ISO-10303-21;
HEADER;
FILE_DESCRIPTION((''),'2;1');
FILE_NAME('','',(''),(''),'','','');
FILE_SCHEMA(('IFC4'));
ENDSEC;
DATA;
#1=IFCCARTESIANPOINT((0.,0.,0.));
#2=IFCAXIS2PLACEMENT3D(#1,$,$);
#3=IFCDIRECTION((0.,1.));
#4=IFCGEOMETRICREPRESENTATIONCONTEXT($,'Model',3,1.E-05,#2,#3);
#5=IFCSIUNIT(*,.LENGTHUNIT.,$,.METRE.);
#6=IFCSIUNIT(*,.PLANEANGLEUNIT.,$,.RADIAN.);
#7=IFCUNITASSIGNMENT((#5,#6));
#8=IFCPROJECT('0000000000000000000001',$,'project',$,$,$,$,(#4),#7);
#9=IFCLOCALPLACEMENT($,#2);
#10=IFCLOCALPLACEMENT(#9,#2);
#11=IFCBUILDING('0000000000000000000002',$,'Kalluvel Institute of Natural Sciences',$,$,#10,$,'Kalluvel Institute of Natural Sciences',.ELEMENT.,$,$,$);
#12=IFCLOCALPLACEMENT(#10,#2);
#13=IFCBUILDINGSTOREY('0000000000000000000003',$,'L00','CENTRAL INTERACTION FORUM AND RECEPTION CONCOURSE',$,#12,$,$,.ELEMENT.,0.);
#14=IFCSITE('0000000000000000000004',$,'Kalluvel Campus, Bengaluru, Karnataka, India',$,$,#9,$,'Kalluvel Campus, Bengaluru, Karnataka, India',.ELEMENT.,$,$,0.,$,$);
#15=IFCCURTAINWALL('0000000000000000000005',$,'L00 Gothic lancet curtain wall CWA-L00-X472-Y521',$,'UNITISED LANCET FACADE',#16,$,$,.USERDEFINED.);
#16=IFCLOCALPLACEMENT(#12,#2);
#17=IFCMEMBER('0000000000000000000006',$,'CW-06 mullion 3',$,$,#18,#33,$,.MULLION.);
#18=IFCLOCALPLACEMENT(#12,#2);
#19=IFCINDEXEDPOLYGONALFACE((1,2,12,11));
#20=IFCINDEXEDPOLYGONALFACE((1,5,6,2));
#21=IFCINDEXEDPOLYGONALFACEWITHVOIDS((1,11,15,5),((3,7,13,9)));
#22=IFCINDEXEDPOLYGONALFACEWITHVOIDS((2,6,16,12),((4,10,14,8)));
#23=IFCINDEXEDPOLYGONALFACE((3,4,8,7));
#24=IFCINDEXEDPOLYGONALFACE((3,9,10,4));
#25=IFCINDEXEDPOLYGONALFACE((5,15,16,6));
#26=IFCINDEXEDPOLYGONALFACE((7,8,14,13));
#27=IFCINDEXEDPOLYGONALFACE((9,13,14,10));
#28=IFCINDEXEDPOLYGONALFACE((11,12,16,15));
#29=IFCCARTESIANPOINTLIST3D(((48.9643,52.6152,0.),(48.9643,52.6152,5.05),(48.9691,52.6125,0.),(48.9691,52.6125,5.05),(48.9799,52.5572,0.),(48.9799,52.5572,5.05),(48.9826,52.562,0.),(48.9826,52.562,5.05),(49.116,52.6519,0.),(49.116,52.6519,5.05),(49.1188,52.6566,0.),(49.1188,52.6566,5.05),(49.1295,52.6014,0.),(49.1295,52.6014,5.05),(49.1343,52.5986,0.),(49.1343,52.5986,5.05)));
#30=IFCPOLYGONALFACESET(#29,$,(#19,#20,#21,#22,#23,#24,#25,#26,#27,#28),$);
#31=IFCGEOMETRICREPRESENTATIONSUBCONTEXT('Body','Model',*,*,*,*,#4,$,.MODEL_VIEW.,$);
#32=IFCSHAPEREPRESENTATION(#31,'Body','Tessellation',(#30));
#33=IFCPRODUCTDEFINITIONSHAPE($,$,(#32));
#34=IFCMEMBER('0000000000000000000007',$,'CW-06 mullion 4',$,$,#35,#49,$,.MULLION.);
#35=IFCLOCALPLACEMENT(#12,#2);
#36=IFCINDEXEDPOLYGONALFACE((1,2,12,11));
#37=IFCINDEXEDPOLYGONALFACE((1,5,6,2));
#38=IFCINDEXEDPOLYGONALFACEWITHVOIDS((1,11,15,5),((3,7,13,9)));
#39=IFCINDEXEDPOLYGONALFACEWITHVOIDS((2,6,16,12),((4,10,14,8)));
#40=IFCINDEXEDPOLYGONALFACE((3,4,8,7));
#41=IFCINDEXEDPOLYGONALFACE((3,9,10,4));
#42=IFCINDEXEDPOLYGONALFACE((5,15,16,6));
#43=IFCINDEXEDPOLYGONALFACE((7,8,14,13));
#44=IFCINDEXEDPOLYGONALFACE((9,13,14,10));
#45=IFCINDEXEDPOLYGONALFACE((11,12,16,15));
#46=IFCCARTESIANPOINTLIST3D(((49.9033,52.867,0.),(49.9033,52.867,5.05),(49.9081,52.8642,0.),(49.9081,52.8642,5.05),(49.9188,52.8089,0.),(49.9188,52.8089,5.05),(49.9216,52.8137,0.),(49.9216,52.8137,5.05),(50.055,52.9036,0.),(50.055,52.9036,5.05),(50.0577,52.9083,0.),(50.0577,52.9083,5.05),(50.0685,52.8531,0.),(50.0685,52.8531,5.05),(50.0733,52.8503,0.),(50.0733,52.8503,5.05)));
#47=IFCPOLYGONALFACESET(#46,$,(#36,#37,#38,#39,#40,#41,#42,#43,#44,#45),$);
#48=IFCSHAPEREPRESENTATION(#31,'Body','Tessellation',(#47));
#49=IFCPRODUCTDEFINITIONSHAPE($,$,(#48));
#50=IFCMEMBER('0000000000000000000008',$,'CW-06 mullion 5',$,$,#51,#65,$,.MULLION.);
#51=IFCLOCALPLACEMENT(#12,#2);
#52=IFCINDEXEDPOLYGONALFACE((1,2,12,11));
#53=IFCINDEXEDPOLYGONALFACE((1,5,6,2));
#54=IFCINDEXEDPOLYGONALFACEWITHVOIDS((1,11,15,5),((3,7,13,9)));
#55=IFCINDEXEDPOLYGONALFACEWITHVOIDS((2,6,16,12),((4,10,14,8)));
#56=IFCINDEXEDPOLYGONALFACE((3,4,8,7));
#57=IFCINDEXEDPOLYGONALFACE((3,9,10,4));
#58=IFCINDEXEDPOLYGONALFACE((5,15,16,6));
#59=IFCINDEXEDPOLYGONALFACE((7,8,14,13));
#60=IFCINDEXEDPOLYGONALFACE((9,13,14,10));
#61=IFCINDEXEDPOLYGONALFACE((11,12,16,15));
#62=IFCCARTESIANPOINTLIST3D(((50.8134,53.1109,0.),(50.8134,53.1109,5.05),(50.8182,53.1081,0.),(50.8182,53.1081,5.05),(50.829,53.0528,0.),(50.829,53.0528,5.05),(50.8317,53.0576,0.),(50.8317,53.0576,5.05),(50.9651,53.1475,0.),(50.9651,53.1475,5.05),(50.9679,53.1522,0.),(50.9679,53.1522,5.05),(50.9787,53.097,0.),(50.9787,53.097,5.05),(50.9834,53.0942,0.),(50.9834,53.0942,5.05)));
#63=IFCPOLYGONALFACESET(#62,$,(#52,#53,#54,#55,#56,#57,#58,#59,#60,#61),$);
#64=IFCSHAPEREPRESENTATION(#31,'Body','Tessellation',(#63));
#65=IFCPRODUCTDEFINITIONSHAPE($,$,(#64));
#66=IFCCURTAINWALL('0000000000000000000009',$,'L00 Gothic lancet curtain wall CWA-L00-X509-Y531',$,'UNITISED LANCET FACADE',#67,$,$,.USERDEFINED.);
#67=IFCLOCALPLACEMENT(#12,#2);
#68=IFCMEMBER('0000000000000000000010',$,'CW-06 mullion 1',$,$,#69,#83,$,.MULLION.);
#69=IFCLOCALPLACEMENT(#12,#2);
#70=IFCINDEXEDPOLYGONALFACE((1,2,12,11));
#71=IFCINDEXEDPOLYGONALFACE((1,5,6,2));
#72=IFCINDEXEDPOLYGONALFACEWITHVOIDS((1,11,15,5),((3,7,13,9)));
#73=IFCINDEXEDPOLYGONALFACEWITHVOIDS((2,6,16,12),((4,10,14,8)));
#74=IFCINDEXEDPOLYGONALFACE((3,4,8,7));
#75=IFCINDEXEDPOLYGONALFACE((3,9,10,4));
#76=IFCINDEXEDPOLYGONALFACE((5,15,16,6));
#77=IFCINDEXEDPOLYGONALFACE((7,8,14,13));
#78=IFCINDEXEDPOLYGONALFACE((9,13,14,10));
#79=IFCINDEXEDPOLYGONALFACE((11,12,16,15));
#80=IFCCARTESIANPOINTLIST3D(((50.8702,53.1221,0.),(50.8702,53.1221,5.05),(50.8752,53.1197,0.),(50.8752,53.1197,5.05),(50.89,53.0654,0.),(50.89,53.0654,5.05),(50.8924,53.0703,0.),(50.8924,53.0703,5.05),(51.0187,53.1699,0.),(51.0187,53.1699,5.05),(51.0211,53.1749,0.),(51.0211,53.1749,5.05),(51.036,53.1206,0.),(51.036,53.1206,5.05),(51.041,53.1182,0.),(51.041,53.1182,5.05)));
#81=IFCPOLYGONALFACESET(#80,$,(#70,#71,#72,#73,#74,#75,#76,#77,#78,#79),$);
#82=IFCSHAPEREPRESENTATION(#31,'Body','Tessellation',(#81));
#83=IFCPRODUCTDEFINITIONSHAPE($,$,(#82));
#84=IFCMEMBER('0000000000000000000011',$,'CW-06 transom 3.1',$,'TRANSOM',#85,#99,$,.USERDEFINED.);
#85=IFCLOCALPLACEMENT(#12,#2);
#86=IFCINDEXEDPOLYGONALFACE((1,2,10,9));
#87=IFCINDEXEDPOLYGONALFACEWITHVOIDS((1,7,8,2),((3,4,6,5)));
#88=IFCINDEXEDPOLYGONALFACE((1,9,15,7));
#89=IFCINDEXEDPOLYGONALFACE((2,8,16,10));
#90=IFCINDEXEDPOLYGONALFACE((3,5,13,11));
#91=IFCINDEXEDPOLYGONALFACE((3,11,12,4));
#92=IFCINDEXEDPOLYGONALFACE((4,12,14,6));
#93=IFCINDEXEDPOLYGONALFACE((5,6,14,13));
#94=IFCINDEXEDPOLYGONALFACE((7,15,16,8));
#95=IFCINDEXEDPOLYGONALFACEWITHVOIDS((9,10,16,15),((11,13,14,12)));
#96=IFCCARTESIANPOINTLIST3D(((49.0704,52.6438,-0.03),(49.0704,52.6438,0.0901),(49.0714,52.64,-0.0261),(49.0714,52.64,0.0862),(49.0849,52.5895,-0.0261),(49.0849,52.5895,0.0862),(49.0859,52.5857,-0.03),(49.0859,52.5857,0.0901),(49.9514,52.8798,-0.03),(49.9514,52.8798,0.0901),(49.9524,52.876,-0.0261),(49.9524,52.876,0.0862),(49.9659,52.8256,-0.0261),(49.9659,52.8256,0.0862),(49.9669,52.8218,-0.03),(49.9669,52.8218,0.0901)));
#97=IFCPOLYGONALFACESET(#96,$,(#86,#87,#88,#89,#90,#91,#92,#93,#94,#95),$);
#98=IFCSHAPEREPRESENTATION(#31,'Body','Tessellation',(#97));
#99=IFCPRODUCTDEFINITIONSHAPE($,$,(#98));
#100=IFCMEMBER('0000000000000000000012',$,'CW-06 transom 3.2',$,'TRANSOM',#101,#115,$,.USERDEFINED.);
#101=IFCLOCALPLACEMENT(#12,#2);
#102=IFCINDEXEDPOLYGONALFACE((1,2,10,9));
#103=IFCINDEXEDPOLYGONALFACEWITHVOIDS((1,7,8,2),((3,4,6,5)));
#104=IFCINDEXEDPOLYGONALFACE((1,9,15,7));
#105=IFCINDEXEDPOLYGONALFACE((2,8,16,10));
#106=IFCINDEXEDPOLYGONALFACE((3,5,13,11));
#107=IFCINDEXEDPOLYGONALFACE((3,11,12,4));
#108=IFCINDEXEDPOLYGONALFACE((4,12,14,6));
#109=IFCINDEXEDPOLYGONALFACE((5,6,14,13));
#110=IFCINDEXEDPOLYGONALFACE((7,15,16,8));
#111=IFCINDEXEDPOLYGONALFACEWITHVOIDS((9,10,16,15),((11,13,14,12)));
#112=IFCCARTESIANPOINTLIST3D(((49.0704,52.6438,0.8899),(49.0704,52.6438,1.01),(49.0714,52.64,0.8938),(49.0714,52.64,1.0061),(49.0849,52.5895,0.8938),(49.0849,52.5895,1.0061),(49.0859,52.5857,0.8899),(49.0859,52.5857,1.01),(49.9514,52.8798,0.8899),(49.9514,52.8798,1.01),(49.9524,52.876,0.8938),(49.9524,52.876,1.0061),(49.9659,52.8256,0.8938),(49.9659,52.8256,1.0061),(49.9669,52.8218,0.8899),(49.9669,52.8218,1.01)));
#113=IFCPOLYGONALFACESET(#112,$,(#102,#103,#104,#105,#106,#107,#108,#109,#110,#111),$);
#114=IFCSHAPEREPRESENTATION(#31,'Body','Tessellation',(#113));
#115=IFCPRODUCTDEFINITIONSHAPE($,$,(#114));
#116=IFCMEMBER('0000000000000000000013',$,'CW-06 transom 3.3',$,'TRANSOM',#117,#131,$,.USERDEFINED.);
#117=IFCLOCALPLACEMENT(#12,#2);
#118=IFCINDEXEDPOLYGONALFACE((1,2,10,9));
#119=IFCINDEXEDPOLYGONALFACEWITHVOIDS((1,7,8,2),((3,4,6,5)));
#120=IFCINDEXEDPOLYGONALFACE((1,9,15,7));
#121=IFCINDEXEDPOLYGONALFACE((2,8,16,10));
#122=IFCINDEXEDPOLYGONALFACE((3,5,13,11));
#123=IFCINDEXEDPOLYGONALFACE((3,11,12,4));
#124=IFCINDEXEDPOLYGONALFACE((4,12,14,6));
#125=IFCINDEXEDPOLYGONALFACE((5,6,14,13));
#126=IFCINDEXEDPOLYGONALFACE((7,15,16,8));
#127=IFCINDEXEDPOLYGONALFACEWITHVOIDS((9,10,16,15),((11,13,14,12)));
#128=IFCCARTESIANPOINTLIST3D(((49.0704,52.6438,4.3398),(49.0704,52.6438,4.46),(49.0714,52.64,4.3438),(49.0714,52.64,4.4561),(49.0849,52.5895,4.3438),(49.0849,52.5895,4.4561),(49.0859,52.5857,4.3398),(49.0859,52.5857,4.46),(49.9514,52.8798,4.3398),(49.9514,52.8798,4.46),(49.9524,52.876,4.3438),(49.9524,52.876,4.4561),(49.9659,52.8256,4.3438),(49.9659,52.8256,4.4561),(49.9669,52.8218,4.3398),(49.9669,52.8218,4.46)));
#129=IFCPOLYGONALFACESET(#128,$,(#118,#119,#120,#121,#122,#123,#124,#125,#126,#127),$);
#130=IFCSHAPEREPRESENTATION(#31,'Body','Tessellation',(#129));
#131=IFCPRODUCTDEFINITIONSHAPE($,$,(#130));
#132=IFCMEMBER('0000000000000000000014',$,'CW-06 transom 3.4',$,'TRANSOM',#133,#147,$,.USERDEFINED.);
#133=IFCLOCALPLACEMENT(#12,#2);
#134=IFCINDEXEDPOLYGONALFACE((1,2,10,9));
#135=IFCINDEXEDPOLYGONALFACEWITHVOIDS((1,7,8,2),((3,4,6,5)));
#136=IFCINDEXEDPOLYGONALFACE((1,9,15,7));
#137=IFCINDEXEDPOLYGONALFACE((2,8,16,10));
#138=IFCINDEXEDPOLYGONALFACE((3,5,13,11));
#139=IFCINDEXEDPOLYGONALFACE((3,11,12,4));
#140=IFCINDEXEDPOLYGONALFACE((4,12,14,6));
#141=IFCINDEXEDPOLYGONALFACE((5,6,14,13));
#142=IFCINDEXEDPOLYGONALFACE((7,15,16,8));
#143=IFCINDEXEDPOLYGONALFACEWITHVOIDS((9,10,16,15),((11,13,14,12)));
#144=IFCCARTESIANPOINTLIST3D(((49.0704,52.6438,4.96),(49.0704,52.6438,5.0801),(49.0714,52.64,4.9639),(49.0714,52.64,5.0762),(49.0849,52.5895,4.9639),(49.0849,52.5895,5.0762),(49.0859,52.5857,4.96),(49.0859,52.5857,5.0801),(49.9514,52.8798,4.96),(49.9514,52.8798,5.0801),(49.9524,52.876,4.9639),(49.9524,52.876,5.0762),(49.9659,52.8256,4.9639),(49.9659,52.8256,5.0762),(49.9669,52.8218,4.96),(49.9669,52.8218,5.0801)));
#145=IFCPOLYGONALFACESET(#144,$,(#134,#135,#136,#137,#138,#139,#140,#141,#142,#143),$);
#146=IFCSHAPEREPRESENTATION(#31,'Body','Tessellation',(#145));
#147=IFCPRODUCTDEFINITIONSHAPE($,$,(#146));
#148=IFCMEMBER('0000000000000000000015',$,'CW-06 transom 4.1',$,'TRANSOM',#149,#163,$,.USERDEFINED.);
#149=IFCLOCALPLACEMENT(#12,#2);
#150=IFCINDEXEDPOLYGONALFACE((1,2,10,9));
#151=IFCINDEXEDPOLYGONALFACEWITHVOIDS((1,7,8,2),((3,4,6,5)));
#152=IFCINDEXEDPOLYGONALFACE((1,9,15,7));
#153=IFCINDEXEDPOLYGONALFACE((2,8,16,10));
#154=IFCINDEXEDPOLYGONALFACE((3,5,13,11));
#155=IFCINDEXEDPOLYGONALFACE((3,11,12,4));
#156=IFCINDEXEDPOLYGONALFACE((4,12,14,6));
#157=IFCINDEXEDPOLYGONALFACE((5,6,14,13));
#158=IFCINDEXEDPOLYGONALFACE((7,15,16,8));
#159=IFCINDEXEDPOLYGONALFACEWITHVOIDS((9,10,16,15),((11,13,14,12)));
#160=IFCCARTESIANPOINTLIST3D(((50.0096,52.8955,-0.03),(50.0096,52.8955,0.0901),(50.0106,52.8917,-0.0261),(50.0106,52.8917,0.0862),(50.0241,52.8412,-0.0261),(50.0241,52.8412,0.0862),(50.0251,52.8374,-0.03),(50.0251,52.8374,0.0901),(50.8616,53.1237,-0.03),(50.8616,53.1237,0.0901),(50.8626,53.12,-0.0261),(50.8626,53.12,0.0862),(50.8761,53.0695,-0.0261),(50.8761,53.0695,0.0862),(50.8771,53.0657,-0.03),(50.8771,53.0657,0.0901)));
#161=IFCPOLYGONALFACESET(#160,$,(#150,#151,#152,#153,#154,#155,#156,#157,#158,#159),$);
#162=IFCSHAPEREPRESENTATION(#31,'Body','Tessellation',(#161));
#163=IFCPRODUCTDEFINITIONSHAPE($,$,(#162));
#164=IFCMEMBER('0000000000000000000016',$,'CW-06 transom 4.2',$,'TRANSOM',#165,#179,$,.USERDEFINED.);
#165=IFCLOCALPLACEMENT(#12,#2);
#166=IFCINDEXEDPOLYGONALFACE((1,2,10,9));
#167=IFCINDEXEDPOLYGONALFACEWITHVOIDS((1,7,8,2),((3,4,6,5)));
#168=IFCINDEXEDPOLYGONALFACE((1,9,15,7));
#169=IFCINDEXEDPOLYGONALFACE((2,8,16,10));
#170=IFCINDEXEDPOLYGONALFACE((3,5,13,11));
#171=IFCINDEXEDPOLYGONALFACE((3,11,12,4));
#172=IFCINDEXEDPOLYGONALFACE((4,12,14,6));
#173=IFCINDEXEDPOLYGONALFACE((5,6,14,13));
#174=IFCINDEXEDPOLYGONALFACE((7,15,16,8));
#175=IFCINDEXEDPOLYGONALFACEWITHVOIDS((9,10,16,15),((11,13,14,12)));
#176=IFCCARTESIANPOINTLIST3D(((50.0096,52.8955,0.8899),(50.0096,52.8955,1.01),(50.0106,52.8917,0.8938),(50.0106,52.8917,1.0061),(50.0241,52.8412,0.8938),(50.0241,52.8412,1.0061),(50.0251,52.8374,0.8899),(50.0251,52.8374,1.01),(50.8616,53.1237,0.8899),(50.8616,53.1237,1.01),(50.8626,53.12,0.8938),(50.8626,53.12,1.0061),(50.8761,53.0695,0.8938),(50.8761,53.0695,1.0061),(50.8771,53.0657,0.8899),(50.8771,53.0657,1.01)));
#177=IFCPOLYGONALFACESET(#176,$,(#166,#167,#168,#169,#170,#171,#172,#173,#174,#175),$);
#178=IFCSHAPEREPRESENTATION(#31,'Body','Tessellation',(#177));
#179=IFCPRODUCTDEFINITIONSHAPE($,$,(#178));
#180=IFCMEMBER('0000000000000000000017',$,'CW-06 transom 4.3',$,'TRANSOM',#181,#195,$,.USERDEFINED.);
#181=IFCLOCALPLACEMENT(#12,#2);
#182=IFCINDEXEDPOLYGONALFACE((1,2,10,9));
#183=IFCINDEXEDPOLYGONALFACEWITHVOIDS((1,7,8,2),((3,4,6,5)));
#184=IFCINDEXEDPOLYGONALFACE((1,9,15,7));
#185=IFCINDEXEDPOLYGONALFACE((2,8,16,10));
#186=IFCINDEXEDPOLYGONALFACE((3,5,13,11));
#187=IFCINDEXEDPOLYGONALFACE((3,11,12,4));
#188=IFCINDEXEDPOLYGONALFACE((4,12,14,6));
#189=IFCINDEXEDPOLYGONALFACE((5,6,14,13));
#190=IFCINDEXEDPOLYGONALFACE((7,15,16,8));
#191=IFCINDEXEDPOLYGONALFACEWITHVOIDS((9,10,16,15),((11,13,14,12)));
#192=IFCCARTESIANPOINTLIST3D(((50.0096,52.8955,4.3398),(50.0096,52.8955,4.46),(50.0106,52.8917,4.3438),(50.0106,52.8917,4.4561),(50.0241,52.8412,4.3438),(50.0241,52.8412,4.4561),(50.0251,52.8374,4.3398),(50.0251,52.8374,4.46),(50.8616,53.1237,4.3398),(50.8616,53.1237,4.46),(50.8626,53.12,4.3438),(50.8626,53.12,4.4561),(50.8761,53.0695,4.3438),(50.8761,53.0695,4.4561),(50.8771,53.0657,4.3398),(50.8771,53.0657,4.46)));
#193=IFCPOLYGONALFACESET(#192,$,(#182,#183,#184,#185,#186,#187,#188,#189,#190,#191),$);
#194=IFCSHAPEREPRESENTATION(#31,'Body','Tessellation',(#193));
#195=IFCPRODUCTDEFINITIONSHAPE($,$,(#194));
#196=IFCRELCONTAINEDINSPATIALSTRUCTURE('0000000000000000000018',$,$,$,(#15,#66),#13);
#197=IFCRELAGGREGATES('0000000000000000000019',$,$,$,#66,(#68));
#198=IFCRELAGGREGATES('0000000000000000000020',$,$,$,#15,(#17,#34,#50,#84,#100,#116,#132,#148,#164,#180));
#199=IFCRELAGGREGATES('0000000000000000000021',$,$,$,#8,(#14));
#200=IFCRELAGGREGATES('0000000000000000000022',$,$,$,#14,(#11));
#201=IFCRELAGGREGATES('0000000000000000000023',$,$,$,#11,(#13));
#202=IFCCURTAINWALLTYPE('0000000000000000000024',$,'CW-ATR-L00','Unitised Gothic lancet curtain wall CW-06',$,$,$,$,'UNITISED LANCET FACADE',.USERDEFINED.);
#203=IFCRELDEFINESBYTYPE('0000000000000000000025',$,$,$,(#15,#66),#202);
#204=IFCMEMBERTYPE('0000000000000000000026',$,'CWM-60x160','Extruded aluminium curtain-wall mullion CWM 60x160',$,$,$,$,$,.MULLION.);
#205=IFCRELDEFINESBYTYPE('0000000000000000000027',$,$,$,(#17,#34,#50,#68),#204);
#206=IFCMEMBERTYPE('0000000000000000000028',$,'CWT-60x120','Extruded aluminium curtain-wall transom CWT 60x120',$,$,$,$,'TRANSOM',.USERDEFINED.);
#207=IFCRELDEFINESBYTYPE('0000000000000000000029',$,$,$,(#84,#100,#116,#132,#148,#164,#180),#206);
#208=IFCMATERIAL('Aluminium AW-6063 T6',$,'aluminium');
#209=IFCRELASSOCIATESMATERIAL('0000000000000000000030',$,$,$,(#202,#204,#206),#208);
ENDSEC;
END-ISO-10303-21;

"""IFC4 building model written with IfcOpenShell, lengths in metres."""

from ifc_helpers import new_model, si_unit, direction, frame, origin, origin_2d, place, context, subcontext, project, spatial, hollow_rectangle, extrude, material, material_profile, profile_set, type_object, element, aggregate, save


model = new_model("IFC4")

# Units and contexts
model_context = context("Model", 3, precision=1e-05, world=origin(), true_north=direction((0.0, 1.0)))
body_context = subcontext(model_context, "Body", "Model", "MODEL_VIEW")
ifc_project = project(units=[si_unit("LENGTHUNIT", "METRE"), si_unit("PLANEANGLEUNIT", "RADIAN")], contexts=[model_context])

# Site, building, storey
site_placement = place(None, origin())
site = spatial("IfcSite", under=ifc_project, at=site_placement, Name="Kalluvel Campus, Bengaluru, Karnataka, India", LongName="Kalluvel Campus, Bengaluru, Karnataka, India", CompositionType="ELEMENT", RefElevation=0.0)
building_placement = place(site_placement, origin())
building = spatial("IfcBuilding", under=site, at=building_placement, Name="Kalluvel Institute of Natural Sciences", LongName="Kalluvel Institute of Natural Sciences", CompositionType="ELEMENT")
storey_placement = place(building_placement, origin())
storey = spatial("IfcBuildingStorey", under=building, at=storey_placement, Name="L00", Description="CENTRAL INTERACTION FORUM AND RECEPTION CONCOURSE", CompositionType="ELEMENT", Elevation=0.0)

# Curtain wall, members
ifc_material_1 = material(Name="Aluminium AW-6063 T6", Category="aluminium")
curtain_wall_type = type_object("IfcCurtainWallType", Name="CW-ATR-L00", Description="Unitised Gothic lancet curtain wall CW-06", ElementType="UNITISED LANCET FACADE", PredefinedType="USERDEFINED", material=ifc_material_1)
curtain_wall_1_placement = place(storey_placement, origin())
curtain_wall_1 = element("IfcCurtainWall", 1, at=curtain_wall_1_placement, inside=storey, type_object=curtain_wall_type, Name="L00 Gothic lancet curtain wall CWA-L00-X472-Y521", ObjectType="UNITISED LANCET FACADE", PredefinedType="USERDEFINED")
ifc_material_profile_1 = material_profile(ifc_material_1, hollow_rectangle(XDim=0.0601, YDim=0.1599, WallThickness=0.0039, at=origin_2d()), Name="CWM 60x160")
ifc_profile_set_1 = profile_set([ifc_material_profile_1], Name="Aluminium AW-6063 T6")
member_type_1 = type_object("IfcMemberType", Name="CWM-60x160", Description="Extruded aluminium curtain-wall mullion CWM 60x160", PredefinedType="MULLION", material=ifc_profile_set_1)
member_1_placement = place(storey_placement, frame((49.0493, 52.6069, 0.0), z_axis=(0.0, 0.0, 1.0), x_axis=(-0.258826, 0.965924, 0.0)))
member_1 = element("IfcMember", 2, at=member_1_placement, type_object=member_type_1, Name="CW-06 mullion 3", PredefinedType="MULLION", context=body_context, shape_type="SweptSolid", body=[
    extrude(hollow_rectangle(XDim=0.0601, YDim=0.1599, WallThickness=0.0039, at=origin_2d()), origin(), (0.0, 0.0, 1.0), 5.05),
])
member_2_placement = place(storey_placement, frame((49.9883, 52.8586, 0.0), z_axis=(0.0, 0.0, 1.0), x_axis=(-0.258826, 0.965924, 0.0)))
member_2 = element("IfcMember", 3, at=member_2_placement, type_object=member_type_1, Name="CW-06 mullion 4", PredefinedType="MULLION", context=body_context, shape_type="SweptSolid", body=[
    extrude(hollow_rectangle(XDim=0.0601, YDim=0.1599, WallThickness=0.0039, at=origin_2d()), origin(), (0.0, 0.0, 1.0), 5.05),
])
member_3_placement = place(storey_placement, frame((50.8984, 53.1025, 0.0), z_axis=(0.0, 0.0, 1.0), x_axis=(-0.258826, 0.965924, 0.0)))
member_3 = element("IfcMember", 4, at=member_3_placement, type_object=member_type_1, Name="CW-06 mullion 5", PredefinedType="MULLION", context=body_context, shape_type="SweptSolid", body=[
    extrude(hollow_rectangle(XDim=0.0601, YDim=0.1599, WallThickness=0.0039, at=origin_2d()), origin(), (0.0, 0.0, 1.0), 5.05),
])

# Curtain wall, member
curtain_wall_2_placement = place(storey_placement, origin())
curtain_wall_2 = element("IfcCurtainWall", 5, at=curtain_wall_2_placement, inside=storey, type_object=curtain_wall_type, Name="L00 Gothic lancet curtain wall CWA-L00-X509-Y531", ObjectType="UNITISED LANCET FACADE", PredefinedType="USERDEFINED")
member_4_placement = place(storey_placement, frame((50.9556, 53.1201, 0.0), z_axis=(0.0, 0.0, 1.0), x_axis=(-0.330295, 0.943878, 0.0)))
member_4 = element("IfcMember", 6, at=member_4_placement, type_object=member_type_1, Name="CW-06 mullion 1", PredefinedType="MULLION", context=body_context, shape_type="SweptSolid", body=[
    extrude(hollow_rectangle(XDim=0.0601, YDim=0.1599, WallThickness=0.0039, at=origin_2d()), origin(), (0.0, 0.0, 1.0), 5.05),
])

# Members
ifc_material_profile_2 = material_profile(ifc_material_1, hollow_rectangle(XDim=0.0601, YDim=0.1201, WallThickness=0.0039, at=origin_2d()), Name="CWT 60x120")
ifc_profile_set_2 = profile_set([ifc_material_profile_2], Name="Aluminium AW-6063 T6")
member_type_2 = type_object("IfcMemberType", Name="CWT-60x120", Description="Extruded aluminium curtain-wall transom CWT 60x120", ElementType="TRANSOM", PredefinedType="USERDEFINED", material=ifc_profile_set_2)
member_5_placement = place(storey_placement, frame((49.0781, 52.6147, 0.03), z_axis=(0.965928, 0.258812, 0.0), x_axis=(-0.258812, 0.965928, 0.0)))
member_5 = element("IfcMember", 7, at=member_5_placement, type_object=member_type_2, Name="CW-06 transom 3.1", ObjectType="TRANSOM", PredefinedType="USERDEFINED", context=body_context, shape_type="SweptSolid", body=[
    extrude(hollow_rectangle(XDim=0.0601, YDim=0.1201, WallThickness=0.0039, at=origin_2d()), origin(), (0.0, 0.0, 1.0), 0.9121),
])
member_6_placement = place(storey_placement, frame((49.0781, 52.6147, 0.95), z_axis=(0.965928, 0.258812, 0.0), x_axis=(-0.258812, 0.965928, 0.0)))
member_6 = element("IfcMember", 8, at=member_6_placement, type_object=member_type_2, Name="CW-06 transom 3.2", ObjectType="TRANSOM", PredefinedType="USERDEFINED", context=body_context, shape_type="SweptSolid", body=[
    extrude(hollow_rectangle(XDim=0.0601, YDim=0.1201, WallThickness=0.0039, at=origin_2d()), origin(), (0.0, 0.0, 1.0), 0.9121),
])
member_7_placement = place(storey_placement, frame((49.0781, 52.6147, 4.3999), z_axis=(0.965928, 0.258812, 0.0), x_axis=(-0.258812, 0.965928, 0.0)))
member_7 = element("IfcMember", 9, at=member_7_placement, type_object=member_type_2, Name="CW-06 transom 3.3", ObjectType="TRANSOM", PredefinedType="USERDEFINED", context=body_context, shape_type="SweptSolid", body=[
    extrude(hollow_rectangle(XDim=0.0601, YDim=0.1201, WallThickness=0.0039, at=origin_2d()), origin(), (0.0, 0.0, 1.0), 0.9121),
])
member_8_placement = place(storey_placement, frame((49.0781, 52.6147, 5.02), z_axis=(0.965928, 0.258812, 0.0), x_axis=(-0.258812, 0.965928, 0.0)))
member_8 = element("IfcMember", 10, at=member_8_placement, type_object=member_type_2, Name="CW-06 transom 3.4", ObjectType="TRANSOM", PredefinedType="USERDEFINED", context=body_context, shape_type="SweptSolid", body=[
    extrude(hollow_rectangle(XDim=0.0601, YDim=0.1201, WallThickness=0.0039, at=origin_2d()), origin(), (0.0, 0.0, 1.0), 0.9121),
])
member_9_placement = place(storey_placement, frame((50.0173, 52.8665, 0.03), z_axis=(0.965936, 0.258782, 0.0), x_axis=(-0.258782, 0.965936, 0.0)))
member_9 = element("IfcMember", 11, at=member_9_placement, type_object=member_type_2, Name="CW-06 transom 4.1", ObjectType="TRANSOM", PredefinedType="USERDEFINED", context=body_context, shape_type="SweptSolid", body=[
    extrude(hollow_rectangle(XDim=0.0601, YDim=0.1201, WallThickness=0.0039, at=origin_2d()), origin(), (0.0, 0.0, 1.0), 0.8821),
])
member_10_placement = place(storey_placement, frame((50.0173, 52.8665, 0.95), z_axis=(0.965936, 0.258782, 0.0), x_axis=(-0.258782, 0.965936, 0.0)))
member_10 = element("IfcMember", 12, at=member_10_placement, type_object=member_type_2, Name="CW-06 transom 4.2", ObjectType="TRANSOM", PredefinedType="USERDEFINED", context=body_context, shape_type="SweptSolid", body=[
    extrude(hollow_rectangle(XDim=0.0601, YDim=0.1201, WallThickness=0.0039, at=origin_2d()), origin(), (0.0, 0.0, 1.0), 0.8821),
])
member_11_placement = place(storey_placement, frame((50.0173, 52.8665, 4.3999), z_axis=(0.965936, 0.258782, 0.0), x_axis=(-0.258782, 0.965936, 0.0)))
member_11 = element("IfcMember", 13, at=member_11_placement, type_object=member_type_2, Name="CW-06 transom 4.3", ObjectType="TRANSOM", PredefinedType="USERDEFINED", context=body_context, shape_type="SweptSolid", body=[
    extrude(hollow_rectangle(XDim=0.0601, YDim=0.1201, WallThickness=0.0039, at=origin_2d()), origin(), (0.0, 0.0, 1.0), 0.8821),
])
aggregate(curtain_wall_2, [member_4])

aggregate(curtain_wall_1, [member_1, member_2, member_3, member_5, member_6, member_7, member_8, member_9, member_10, member_11])

save(model, "model.ifc")
